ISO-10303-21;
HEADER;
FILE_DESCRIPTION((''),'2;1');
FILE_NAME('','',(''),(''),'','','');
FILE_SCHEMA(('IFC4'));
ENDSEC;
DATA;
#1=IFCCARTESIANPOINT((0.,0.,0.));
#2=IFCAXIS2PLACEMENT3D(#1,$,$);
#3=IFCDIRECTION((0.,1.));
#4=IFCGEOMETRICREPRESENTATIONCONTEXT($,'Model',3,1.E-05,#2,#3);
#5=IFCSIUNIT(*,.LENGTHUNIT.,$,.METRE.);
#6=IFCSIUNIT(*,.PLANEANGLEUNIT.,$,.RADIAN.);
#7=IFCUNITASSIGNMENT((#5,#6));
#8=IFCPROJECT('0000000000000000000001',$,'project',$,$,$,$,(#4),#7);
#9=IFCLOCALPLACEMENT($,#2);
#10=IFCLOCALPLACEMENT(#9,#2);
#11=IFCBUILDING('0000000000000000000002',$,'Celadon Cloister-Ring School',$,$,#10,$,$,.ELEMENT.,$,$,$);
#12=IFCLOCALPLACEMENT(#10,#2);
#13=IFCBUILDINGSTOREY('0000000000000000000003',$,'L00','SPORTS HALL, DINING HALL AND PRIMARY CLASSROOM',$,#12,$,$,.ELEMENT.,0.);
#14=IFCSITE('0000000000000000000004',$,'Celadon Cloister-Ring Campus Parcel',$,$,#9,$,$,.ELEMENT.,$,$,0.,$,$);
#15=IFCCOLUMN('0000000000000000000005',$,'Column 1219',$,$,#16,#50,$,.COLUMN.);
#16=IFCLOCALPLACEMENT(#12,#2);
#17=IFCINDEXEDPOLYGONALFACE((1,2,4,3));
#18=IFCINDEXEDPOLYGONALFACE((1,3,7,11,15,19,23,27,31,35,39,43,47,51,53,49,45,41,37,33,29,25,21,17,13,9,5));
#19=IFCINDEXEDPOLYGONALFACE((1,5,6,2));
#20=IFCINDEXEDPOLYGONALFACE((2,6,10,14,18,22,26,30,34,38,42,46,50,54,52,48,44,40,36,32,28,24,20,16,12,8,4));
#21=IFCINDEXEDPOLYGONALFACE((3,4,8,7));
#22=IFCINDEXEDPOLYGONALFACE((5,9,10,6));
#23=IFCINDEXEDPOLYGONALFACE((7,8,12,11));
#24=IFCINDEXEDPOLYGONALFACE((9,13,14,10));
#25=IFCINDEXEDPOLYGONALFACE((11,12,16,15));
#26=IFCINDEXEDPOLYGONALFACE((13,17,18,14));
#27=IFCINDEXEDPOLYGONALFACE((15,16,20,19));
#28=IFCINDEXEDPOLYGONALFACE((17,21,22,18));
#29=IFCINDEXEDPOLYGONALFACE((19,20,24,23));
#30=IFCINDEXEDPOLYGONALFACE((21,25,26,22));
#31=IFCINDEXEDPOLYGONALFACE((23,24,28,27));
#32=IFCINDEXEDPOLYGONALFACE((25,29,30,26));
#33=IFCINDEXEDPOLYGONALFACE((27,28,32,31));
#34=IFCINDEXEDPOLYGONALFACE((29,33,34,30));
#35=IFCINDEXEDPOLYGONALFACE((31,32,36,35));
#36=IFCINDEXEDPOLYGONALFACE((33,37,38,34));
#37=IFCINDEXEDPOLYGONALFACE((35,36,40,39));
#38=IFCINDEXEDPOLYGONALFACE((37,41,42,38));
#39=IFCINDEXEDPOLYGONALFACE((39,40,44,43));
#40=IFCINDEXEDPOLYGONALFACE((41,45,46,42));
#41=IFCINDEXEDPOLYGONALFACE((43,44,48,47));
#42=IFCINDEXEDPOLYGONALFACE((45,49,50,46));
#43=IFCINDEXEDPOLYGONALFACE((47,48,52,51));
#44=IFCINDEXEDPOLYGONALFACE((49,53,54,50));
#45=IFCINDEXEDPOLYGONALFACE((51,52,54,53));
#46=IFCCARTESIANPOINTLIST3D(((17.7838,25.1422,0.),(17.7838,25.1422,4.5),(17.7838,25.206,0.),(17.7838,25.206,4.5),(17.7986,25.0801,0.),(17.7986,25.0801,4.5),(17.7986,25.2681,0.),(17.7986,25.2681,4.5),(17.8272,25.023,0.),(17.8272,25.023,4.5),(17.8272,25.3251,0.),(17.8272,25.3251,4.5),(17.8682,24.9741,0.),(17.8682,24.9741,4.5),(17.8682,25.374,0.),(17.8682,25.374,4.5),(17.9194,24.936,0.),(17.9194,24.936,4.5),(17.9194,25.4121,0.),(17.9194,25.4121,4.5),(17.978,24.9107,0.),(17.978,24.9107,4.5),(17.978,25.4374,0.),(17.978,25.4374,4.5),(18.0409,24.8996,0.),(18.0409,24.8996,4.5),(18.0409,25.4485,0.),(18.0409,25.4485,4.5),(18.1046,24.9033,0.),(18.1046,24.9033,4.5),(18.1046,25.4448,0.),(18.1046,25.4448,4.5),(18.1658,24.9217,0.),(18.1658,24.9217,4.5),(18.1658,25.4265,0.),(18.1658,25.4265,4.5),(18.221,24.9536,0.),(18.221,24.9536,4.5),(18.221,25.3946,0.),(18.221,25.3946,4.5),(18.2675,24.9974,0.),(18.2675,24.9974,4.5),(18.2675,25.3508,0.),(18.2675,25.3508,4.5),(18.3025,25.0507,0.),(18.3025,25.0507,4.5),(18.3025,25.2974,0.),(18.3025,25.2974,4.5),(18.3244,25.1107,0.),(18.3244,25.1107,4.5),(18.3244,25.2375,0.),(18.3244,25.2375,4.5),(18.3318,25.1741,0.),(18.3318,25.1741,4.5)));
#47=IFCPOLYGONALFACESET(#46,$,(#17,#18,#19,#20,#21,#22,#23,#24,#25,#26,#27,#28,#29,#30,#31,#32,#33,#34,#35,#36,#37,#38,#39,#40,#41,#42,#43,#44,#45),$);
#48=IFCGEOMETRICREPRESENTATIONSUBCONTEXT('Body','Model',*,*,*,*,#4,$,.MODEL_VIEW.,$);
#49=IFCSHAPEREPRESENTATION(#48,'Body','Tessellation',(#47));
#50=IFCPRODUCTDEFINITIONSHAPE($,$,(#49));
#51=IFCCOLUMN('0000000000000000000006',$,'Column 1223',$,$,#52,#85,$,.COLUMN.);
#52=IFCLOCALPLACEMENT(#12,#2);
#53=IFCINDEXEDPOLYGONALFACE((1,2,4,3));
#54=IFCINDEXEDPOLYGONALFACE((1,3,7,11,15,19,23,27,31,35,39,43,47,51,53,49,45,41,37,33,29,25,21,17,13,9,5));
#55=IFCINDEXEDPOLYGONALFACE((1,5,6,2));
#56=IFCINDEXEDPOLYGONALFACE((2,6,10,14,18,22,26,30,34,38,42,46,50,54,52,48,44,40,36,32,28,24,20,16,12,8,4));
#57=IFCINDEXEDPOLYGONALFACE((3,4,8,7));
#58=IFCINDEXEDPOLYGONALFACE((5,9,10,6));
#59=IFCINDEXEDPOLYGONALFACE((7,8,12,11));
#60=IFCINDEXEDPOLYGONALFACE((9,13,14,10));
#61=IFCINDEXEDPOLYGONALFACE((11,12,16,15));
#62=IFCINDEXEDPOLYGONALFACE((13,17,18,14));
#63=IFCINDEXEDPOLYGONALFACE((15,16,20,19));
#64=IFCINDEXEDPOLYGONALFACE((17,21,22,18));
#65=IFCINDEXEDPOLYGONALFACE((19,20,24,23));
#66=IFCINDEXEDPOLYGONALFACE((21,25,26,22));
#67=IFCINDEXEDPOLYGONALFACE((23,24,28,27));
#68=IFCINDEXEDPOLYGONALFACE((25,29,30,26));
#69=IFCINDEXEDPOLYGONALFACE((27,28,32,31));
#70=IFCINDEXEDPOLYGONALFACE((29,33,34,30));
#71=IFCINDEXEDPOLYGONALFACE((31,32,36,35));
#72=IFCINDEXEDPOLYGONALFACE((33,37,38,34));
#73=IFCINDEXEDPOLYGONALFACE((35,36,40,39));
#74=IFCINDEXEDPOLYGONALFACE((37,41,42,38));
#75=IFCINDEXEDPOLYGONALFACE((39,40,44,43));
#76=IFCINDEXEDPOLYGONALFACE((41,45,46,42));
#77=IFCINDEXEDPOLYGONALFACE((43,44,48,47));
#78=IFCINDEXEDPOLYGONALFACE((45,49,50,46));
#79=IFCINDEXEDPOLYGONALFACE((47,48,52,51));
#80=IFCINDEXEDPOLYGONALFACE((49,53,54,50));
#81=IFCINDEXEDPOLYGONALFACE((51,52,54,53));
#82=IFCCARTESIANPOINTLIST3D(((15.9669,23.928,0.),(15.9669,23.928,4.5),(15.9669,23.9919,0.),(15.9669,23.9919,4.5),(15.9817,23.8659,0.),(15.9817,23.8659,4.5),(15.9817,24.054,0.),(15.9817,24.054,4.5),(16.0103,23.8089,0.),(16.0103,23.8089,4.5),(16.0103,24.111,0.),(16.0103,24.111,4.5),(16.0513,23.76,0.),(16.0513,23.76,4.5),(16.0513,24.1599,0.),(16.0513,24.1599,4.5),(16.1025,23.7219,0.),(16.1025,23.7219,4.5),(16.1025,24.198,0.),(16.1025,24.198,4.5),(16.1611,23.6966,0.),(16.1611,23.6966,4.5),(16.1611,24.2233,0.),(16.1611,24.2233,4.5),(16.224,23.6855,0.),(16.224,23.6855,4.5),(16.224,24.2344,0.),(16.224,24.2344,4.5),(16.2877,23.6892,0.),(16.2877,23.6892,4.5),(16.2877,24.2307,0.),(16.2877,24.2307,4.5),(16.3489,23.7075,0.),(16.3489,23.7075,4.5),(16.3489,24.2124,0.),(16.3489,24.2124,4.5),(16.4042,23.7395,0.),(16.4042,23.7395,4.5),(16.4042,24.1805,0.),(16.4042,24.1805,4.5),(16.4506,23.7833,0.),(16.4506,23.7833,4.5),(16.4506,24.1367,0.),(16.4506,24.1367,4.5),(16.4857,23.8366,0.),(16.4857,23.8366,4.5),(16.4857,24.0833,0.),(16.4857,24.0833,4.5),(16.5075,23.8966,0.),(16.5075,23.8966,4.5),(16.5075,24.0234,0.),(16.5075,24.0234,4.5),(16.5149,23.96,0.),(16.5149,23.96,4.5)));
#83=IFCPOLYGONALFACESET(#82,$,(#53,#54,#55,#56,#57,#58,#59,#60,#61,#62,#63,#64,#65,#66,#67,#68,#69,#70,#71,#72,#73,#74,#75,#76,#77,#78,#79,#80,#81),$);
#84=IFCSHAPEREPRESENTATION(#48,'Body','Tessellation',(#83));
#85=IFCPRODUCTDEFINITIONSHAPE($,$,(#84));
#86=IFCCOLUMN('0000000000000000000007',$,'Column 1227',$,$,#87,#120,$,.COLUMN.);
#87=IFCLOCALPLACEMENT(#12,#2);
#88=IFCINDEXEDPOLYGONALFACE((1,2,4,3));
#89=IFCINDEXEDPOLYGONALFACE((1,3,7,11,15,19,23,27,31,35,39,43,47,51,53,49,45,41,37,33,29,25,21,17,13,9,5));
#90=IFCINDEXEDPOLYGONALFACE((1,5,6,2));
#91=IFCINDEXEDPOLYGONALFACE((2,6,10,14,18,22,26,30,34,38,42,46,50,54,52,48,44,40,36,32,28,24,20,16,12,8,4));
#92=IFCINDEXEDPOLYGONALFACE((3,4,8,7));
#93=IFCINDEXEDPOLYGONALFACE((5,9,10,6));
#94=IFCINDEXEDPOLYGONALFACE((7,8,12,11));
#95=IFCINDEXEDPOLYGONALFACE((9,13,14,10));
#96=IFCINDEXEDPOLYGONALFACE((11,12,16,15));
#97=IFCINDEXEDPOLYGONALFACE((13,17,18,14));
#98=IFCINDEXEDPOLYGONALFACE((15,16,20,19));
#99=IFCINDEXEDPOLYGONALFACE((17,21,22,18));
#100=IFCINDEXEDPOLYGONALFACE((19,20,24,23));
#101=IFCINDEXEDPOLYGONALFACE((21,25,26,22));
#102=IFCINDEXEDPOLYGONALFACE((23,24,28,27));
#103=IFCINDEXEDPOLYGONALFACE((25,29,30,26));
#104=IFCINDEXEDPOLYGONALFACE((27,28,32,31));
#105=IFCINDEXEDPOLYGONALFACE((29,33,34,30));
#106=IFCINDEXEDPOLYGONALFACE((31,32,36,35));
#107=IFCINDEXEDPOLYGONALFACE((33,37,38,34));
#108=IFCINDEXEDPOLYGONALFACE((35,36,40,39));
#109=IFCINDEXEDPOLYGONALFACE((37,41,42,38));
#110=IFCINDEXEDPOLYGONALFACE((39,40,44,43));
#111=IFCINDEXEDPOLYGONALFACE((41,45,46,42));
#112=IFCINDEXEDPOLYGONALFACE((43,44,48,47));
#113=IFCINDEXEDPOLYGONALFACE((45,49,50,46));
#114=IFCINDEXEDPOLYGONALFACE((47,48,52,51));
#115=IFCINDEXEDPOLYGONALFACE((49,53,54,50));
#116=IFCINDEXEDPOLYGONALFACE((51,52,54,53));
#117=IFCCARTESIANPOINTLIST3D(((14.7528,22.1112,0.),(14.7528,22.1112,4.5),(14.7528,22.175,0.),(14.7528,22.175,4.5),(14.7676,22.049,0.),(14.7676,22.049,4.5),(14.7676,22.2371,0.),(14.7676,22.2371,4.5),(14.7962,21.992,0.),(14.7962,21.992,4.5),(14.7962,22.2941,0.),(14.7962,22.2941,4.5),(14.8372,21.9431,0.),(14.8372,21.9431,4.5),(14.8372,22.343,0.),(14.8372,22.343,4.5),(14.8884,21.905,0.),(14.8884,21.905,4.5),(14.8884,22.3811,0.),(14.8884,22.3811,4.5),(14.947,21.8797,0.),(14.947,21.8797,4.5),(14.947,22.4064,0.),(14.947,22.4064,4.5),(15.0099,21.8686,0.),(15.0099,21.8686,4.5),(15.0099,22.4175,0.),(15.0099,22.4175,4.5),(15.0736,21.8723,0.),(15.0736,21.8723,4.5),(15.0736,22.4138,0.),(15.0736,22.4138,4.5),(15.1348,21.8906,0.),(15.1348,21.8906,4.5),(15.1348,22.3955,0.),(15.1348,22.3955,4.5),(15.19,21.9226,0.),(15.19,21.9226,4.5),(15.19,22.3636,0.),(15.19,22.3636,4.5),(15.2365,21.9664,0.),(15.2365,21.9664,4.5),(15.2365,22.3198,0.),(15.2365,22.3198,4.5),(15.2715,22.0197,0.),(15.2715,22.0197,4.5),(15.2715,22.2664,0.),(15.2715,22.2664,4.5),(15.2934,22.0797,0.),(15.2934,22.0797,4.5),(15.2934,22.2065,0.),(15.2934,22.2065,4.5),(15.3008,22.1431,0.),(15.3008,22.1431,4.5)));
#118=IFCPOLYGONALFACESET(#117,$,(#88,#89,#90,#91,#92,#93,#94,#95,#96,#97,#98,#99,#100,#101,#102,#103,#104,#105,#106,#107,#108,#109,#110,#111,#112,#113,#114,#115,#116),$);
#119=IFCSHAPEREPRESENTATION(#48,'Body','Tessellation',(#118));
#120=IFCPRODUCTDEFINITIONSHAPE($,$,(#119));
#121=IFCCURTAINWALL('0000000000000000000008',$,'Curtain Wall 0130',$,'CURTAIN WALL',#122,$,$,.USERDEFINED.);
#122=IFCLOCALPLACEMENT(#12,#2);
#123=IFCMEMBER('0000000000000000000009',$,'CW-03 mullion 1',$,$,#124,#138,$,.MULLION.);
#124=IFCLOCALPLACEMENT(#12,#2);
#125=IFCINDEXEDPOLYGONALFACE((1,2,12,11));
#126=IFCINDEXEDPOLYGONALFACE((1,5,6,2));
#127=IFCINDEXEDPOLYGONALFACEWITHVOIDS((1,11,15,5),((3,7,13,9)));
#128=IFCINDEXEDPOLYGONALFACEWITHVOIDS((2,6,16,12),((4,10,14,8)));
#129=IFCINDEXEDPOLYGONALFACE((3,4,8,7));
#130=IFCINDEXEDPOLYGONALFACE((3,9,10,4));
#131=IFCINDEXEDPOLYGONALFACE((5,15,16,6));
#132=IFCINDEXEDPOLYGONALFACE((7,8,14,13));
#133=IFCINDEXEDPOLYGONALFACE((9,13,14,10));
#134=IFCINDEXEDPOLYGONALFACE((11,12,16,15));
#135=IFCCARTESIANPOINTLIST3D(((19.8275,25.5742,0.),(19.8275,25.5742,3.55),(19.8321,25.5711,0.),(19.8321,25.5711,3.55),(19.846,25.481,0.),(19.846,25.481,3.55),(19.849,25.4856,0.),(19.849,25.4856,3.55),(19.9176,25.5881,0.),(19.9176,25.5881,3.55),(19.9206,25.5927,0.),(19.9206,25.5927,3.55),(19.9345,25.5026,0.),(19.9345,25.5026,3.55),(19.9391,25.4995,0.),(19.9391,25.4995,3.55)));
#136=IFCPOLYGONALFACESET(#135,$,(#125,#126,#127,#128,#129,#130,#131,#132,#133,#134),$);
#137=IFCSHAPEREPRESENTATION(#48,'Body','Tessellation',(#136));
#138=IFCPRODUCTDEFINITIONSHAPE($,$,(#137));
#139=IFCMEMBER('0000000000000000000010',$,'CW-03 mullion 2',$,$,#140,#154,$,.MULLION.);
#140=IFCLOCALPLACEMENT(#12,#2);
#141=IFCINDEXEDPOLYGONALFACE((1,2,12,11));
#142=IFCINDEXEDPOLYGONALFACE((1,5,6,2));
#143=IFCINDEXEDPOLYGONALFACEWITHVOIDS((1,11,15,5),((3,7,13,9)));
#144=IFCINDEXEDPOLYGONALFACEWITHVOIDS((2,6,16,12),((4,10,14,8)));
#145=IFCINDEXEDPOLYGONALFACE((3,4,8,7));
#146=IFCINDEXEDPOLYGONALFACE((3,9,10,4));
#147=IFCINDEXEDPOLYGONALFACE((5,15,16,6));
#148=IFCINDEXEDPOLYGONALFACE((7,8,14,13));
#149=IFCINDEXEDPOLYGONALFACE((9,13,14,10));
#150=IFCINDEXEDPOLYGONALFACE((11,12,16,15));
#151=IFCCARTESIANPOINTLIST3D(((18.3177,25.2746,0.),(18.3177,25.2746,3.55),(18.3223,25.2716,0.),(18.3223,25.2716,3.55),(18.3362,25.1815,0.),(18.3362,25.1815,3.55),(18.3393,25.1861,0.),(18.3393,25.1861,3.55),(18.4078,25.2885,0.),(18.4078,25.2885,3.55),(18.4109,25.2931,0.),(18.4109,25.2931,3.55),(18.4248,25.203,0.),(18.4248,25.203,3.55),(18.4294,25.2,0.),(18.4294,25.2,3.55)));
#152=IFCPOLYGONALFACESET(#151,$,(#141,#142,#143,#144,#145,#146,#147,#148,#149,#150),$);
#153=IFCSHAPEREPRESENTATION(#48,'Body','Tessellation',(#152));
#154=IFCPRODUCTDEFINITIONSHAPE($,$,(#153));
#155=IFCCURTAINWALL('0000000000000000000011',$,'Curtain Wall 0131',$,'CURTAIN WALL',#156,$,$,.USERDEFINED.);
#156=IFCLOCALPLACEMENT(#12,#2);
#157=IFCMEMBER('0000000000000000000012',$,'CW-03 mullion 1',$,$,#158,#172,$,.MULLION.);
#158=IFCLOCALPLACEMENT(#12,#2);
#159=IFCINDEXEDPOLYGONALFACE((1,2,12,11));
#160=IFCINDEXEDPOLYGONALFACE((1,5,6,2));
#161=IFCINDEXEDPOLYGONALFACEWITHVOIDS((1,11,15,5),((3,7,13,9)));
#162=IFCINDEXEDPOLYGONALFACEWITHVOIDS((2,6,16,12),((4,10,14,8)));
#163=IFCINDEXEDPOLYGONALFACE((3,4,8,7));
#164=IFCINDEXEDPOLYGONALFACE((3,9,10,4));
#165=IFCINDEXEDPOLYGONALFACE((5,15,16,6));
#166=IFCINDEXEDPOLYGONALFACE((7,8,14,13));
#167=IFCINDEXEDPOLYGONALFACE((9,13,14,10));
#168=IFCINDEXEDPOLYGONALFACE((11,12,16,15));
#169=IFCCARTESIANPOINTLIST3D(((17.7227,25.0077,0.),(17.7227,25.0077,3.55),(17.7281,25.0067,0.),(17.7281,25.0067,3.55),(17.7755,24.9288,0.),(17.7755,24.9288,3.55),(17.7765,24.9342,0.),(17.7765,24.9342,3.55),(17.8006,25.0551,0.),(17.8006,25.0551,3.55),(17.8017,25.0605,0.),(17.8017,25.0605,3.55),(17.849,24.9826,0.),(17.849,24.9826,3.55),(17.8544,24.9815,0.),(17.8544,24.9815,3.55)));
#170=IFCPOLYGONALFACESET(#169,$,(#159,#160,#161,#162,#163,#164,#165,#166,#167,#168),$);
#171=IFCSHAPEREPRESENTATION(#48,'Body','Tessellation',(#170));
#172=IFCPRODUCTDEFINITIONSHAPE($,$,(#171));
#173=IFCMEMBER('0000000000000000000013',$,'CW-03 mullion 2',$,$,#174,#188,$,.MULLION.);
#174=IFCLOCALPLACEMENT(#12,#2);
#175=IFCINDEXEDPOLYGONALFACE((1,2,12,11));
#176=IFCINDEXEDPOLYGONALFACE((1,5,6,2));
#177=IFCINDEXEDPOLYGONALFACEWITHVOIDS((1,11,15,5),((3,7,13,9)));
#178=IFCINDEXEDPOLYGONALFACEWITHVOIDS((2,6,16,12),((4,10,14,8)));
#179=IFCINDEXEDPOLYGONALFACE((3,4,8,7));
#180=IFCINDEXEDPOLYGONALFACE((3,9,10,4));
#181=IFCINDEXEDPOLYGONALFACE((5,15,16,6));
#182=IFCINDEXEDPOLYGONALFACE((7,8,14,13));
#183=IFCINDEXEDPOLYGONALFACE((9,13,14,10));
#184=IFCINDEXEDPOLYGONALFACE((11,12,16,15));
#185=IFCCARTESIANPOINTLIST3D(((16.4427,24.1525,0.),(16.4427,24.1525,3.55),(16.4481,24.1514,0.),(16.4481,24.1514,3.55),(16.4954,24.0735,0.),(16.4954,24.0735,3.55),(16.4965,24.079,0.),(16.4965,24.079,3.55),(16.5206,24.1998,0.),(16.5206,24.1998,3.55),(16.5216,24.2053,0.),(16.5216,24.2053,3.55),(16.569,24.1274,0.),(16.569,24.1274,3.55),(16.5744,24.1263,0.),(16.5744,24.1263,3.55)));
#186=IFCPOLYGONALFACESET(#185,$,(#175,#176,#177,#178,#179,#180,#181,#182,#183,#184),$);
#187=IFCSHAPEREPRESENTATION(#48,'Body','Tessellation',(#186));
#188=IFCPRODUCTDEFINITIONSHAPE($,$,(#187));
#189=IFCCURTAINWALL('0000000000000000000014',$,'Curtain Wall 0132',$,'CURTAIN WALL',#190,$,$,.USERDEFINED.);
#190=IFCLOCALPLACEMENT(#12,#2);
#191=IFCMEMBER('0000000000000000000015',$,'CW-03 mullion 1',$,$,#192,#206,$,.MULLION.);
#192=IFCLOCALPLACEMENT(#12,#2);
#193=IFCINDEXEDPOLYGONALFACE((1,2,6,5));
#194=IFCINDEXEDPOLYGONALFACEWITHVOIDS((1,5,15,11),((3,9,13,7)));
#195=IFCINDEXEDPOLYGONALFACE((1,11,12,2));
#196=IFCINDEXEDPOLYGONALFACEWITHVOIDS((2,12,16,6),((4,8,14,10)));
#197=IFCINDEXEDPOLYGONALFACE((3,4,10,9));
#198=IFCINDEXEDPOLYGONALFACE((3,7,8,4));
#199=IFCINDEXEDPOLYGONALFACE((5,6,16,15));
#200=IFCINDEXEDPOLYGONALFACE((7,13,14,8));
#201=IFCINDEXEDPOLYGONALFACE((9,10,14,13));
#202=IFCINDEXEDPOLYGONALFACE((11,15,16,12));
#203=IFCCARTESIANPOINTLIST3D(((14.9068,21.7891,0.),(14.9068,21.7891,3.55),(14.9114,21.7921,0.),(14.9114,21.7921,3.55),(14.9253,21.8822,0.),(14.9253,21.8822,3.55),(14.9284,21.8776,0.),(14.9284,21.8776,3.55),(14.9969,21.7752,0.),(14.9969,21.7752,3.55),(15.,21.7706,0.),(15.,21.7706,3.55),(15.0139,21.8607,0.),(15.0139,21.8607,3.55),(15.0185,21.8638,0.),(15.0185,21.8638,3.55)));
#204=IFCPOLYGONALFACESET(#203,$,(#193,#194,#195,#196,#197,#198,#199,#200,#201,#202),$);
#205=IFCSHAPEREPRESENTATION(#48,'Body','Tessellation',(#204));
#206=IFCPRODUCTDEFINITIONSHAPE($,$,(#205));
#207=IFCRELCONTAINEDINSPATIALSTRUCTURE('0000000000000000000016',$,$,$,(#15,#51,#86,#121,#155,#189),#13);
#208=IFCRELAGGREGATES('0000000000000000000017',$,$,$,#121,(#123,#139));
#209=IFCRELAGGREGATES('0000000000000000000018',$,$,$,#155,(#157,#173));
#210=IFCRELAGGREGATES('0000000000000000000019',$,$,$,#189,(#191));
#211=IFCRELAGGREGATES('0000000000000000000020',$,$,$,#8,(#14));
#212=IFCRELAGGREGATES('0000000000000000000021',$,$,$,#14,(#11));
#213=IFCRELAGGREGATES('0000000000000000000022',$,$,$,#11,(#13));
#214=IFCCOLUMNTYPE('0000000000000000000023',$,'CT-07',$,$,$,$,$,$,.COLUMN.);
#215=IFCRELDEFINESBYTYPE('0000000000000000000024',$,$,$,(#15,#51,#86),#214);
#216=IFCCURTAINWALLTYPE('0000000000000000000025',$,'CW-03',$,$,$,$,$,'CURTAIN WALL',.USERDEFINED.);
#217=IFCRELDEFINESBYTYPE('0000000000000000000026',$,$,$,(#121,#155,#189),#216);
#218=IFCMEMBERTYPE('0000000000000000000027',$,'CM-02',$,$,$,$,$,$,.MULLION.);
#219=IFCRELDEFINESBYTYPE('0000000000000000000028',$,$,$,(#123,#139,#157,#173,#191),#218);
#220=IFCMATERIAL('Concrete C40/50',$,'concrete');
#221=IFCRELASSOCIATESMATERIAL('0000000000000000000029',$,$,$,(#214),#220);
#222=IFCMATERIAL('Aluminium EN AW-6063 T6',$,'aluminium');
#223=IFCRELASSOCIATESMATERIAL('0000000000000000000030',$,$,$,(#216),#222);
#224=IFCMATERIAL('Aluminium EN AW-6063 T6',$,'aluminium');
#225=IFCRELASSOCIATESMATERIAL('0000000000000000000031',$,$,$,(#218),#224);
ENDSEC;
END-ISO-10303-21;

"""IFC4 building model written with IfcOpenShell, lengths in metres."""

from ifc_helpers import new_model, si_unit, direction, frame, origin, origin_2d, place, context, subcontext, project, spatial, hollow_rectangle, circle, extrude, material, material_profile, profile_set, type_object, element, aggregate, save


model = new_model("IFC4")

# Units and contexts
model_context = context("Model", 3, precision=1e-05, world=origin(), true_north=direction((0.0, 1.0)))
body_context = subcontext(model_context, "Body", "Model", "MODEL_VIEW")
ifc_project = project(units=[si_unit("LENGTHUNIT", "METRE"), si_unit("PLANEANGLEUNIT", "RADIAN")], contexts=[model_context])

# Site, building, storey
site_placement = place(None, origin())
site = spatial("IfcSite", under=ifc_project, at=site_placement, Name="Celadon Cloister-Ring Campus Parcel", CompositionType="ELEMENT", RefElevation=0.0)
building_placement = place(site_placement, origin())
building = spatial("IfcBuilding", under=site, at=building_placement, Name="Celadon Cloister-Ring School", CompositionType="ELEMENT")
storey_placement = place(building_placement, origin())
storey = spatial("IfcBuildingStorey", under=building, at=storey_placement, Name="L00", Description="SPORTS HALL, DINING HALL AND PRIMARY CLASSROOM", CompositionType="ELEMENT", Elevation=0.0)

# Columns
ifc_material_1 = material(Name="Concrete C40/50", Category="concrete")
ifc_material_profile_1 = material_profile(ifc_material_1, circle(Radius=0.2749, at=origin_2d()), Name="CIRC550")
ifc_profile_set_1 = profile_set([ifc_material_profile_1], Name="Concrete C40/50")
column_type = type_object("IfcColumnType", Name="CT-07", PredefinedType="COLUMN", material=ifc_profile_set_1)
for number, where, z_axis, x_axis, name in (
    (1, (18.0569, 25.1741, 0.0), (0.0, 0.0, 1.0), (1.0, 0.0, 0.0), "Column 1219"),
    (2, (16.24, 23.96, 0.0), (0.0, 0.0, 1.0), (1.0, 0.0, 0.0), "Column 1223"),
    (3, (15.0259, 22.1431, 0.0), (0.0, 0.0, 1.0), (1.0, 0.0, 0.0), "Column 1227"),
):
    element("IfcColumn", number, at=place(storey_placement, frame(where, z_axis=z_axis, x_axis=x_axis)), inside=storey, type_object=column_type, Name=name, PredefinedType="COLUMN", context=body_context, shape_type="SweptSolid", body=[
        extrude(circle(Radius=0.2749, at=origin_2d()), origin(), (0.0, 0.0, 1.0), 4.5),
    ])

# Curtain walls, members
ifc_material_2 = material(Name="Aluminium EN AW-6063 T6", Category="aluminium")
curtain_wall_type = type_object("IfcCurtainWallType", Name="CW-03", ElementType="CURTAIN WALL", PredefinedType="USERDEFINED", material=ifc_material_2)
curtain_wall_1_placement = place(storey_placement, origin())
curtain_wall_1 = element("IfcCurtainWall", 4, at=curtain_wall_1_placement, inside=storey, type_object=curtain_wall_type, Name="Curtain Wall 0130", ObjectType="CURTAIN WALL", PredefinedType="USERDEFINED")
ifc_material_3 = material(Name="Aluminium EN AW-6063 T6", Category="aluminium")
ifc_material_profile_2 = material_profile(ifc_material_3, hollow_rectangle(XDim=0.095, YDim=0.095, WallThickness=0.0039, at=origin_2d()), Name="RHS95X95X4")
ifc_profile_set_2 = profile_set([ifc_material_profile_2], Name="Aluminium EN AW-6063 T6")
member_type_1 = type_object("IfcMemberType", Name="CM-02", PredefinedType="MULLION", material=ifc_profile_set_2)
member_1_placement = place(storey_placement, frame((19.8833, 25.5369, 0.0), z_axis=(0.0, 0.0, 1.0), x_axis=(0.194586, -0.980885, 0.0)))
member_1 = element("IfcMember", 5, at=member_1_placement, type_object=member_type_1, Name="CW-03 mullion 1", PredefinedType="MULLION", context=body_context, shape_type="SweptSolid", body=[
    extrude(hollow_rectangle(XDim=0.095, YDim=0.095, WallThickness=0.0039, at=origin_2d()), origin(), (0.0, 0.0, 1.0), 3.55),
])
member_2_placement = place(storey_placement, frame((18.3735, 25.2373, 0.0), z_axis=(0.0, 0.0, 1.0), x_axis=(0.194586, -0.980885, 0.0)))
member_2 = element("IfcMember", 6, at=member_2_placement, type_object=member_type_1, Name="CW-03 mullion 2", PredefinedType="MULLION", context=body_context, shape_type="SweptSolid", body=[
    extrude(hollow_rectangle(XDim=0.095, YDim=0.095, WallThickness=0.0039, at=origin_2d()), origin(), (0.0, 0.0, 1.0), 3.55),
])
curtain_wall_2_placement = place(storey_placement, origin())
curtain_wall_2 = element("IfcCurtainWall", 7, at=curtain_wall_2_placement, inside=storey, type_object=curtain_wall_type, Name="Curtain Wall 0131", ObjectType="CURTAIN WALL", PredefinedType="USERDEFINED")
member_3_placement = place(storey_placement, frame((17.7886, 24.9946, 0.0), z_axis=(0.0, 0.0, 1.0), x_axis=(0.555547, -0.831485, 0.0)))
member_3 = element("IfcMember", 8, at=member_3_placement, type_object=member_type_1, Name="CW-03 mullion 1", PredefinedType="MULLION", context=body_context, shape_type="SweptSolid", body=[
    extrude(hollow_rectangle(XDim=0.095, YDim=0.095, WallThickness=0.0039, at=origin_2d()), origin(), (0.0, 0.0, 1.0), 3.55),
])
member_4_placement = place(storey_placement, frame((16.5085, 24.1394, 0.0), z_axis=(0.0, 0.0, 1.0), x_axis=(0.555547, -0.831485, 0.0)))
member_4 = element("IfcMember", 9, at=member_4_placement, type_object=member_type_1, Name="CW-03 mullion 2", PredefinedType="MULLION", context=body_context, shape_type="SweptSolid", body=[
    extrude(hollow_rectangle(XDim=0.095, YDim=0.095, WallThickness=0.0039, at=origin_2d()), origin(), (0.0, 0.0, 1.0), 3.55),
])

# Curtain wall, member
curtain_wall_3_placement = place(storey_placement, origin())
curtain_wall_3 = element("IfcCurtainWall", 10, at=curtain_wall_3_placement, inside=storey, type_object=curtain_wall_type, Name="Curtain Wall 0132", ObjectType="CURTAIN WALL", PredefinedType="USERDEFINED")
member_5_placement = place(storey_placement, frame((14.9626, 21.8264, 0.0), z_axis=(0.0, 0.0, 1.0), x_axis=(0.980885, -0.194586, 0.0)))
member_5 = element("IfcMember", 11, at=member_5_placement, type_object=member_type_1, Name="CW-03 mullion 1", PredefinedType="MULLION", context=body_context, shape_type="SweptSolid", body=[
    extrude(hollow_rectangle(XDim=0.095, YDim=0.095, WallThickness=0.0039, at=origin_2d()), origin(), (0.0, 0.0, 1.0), 3.55),
])

aggregate(curtain_wall_1, [member_1, member_2])
aggregate(curtain_wall_2, [member_3, member_4])
aggregate(curtain_wall_3, [member_5])

save(model, "model.ifc")
